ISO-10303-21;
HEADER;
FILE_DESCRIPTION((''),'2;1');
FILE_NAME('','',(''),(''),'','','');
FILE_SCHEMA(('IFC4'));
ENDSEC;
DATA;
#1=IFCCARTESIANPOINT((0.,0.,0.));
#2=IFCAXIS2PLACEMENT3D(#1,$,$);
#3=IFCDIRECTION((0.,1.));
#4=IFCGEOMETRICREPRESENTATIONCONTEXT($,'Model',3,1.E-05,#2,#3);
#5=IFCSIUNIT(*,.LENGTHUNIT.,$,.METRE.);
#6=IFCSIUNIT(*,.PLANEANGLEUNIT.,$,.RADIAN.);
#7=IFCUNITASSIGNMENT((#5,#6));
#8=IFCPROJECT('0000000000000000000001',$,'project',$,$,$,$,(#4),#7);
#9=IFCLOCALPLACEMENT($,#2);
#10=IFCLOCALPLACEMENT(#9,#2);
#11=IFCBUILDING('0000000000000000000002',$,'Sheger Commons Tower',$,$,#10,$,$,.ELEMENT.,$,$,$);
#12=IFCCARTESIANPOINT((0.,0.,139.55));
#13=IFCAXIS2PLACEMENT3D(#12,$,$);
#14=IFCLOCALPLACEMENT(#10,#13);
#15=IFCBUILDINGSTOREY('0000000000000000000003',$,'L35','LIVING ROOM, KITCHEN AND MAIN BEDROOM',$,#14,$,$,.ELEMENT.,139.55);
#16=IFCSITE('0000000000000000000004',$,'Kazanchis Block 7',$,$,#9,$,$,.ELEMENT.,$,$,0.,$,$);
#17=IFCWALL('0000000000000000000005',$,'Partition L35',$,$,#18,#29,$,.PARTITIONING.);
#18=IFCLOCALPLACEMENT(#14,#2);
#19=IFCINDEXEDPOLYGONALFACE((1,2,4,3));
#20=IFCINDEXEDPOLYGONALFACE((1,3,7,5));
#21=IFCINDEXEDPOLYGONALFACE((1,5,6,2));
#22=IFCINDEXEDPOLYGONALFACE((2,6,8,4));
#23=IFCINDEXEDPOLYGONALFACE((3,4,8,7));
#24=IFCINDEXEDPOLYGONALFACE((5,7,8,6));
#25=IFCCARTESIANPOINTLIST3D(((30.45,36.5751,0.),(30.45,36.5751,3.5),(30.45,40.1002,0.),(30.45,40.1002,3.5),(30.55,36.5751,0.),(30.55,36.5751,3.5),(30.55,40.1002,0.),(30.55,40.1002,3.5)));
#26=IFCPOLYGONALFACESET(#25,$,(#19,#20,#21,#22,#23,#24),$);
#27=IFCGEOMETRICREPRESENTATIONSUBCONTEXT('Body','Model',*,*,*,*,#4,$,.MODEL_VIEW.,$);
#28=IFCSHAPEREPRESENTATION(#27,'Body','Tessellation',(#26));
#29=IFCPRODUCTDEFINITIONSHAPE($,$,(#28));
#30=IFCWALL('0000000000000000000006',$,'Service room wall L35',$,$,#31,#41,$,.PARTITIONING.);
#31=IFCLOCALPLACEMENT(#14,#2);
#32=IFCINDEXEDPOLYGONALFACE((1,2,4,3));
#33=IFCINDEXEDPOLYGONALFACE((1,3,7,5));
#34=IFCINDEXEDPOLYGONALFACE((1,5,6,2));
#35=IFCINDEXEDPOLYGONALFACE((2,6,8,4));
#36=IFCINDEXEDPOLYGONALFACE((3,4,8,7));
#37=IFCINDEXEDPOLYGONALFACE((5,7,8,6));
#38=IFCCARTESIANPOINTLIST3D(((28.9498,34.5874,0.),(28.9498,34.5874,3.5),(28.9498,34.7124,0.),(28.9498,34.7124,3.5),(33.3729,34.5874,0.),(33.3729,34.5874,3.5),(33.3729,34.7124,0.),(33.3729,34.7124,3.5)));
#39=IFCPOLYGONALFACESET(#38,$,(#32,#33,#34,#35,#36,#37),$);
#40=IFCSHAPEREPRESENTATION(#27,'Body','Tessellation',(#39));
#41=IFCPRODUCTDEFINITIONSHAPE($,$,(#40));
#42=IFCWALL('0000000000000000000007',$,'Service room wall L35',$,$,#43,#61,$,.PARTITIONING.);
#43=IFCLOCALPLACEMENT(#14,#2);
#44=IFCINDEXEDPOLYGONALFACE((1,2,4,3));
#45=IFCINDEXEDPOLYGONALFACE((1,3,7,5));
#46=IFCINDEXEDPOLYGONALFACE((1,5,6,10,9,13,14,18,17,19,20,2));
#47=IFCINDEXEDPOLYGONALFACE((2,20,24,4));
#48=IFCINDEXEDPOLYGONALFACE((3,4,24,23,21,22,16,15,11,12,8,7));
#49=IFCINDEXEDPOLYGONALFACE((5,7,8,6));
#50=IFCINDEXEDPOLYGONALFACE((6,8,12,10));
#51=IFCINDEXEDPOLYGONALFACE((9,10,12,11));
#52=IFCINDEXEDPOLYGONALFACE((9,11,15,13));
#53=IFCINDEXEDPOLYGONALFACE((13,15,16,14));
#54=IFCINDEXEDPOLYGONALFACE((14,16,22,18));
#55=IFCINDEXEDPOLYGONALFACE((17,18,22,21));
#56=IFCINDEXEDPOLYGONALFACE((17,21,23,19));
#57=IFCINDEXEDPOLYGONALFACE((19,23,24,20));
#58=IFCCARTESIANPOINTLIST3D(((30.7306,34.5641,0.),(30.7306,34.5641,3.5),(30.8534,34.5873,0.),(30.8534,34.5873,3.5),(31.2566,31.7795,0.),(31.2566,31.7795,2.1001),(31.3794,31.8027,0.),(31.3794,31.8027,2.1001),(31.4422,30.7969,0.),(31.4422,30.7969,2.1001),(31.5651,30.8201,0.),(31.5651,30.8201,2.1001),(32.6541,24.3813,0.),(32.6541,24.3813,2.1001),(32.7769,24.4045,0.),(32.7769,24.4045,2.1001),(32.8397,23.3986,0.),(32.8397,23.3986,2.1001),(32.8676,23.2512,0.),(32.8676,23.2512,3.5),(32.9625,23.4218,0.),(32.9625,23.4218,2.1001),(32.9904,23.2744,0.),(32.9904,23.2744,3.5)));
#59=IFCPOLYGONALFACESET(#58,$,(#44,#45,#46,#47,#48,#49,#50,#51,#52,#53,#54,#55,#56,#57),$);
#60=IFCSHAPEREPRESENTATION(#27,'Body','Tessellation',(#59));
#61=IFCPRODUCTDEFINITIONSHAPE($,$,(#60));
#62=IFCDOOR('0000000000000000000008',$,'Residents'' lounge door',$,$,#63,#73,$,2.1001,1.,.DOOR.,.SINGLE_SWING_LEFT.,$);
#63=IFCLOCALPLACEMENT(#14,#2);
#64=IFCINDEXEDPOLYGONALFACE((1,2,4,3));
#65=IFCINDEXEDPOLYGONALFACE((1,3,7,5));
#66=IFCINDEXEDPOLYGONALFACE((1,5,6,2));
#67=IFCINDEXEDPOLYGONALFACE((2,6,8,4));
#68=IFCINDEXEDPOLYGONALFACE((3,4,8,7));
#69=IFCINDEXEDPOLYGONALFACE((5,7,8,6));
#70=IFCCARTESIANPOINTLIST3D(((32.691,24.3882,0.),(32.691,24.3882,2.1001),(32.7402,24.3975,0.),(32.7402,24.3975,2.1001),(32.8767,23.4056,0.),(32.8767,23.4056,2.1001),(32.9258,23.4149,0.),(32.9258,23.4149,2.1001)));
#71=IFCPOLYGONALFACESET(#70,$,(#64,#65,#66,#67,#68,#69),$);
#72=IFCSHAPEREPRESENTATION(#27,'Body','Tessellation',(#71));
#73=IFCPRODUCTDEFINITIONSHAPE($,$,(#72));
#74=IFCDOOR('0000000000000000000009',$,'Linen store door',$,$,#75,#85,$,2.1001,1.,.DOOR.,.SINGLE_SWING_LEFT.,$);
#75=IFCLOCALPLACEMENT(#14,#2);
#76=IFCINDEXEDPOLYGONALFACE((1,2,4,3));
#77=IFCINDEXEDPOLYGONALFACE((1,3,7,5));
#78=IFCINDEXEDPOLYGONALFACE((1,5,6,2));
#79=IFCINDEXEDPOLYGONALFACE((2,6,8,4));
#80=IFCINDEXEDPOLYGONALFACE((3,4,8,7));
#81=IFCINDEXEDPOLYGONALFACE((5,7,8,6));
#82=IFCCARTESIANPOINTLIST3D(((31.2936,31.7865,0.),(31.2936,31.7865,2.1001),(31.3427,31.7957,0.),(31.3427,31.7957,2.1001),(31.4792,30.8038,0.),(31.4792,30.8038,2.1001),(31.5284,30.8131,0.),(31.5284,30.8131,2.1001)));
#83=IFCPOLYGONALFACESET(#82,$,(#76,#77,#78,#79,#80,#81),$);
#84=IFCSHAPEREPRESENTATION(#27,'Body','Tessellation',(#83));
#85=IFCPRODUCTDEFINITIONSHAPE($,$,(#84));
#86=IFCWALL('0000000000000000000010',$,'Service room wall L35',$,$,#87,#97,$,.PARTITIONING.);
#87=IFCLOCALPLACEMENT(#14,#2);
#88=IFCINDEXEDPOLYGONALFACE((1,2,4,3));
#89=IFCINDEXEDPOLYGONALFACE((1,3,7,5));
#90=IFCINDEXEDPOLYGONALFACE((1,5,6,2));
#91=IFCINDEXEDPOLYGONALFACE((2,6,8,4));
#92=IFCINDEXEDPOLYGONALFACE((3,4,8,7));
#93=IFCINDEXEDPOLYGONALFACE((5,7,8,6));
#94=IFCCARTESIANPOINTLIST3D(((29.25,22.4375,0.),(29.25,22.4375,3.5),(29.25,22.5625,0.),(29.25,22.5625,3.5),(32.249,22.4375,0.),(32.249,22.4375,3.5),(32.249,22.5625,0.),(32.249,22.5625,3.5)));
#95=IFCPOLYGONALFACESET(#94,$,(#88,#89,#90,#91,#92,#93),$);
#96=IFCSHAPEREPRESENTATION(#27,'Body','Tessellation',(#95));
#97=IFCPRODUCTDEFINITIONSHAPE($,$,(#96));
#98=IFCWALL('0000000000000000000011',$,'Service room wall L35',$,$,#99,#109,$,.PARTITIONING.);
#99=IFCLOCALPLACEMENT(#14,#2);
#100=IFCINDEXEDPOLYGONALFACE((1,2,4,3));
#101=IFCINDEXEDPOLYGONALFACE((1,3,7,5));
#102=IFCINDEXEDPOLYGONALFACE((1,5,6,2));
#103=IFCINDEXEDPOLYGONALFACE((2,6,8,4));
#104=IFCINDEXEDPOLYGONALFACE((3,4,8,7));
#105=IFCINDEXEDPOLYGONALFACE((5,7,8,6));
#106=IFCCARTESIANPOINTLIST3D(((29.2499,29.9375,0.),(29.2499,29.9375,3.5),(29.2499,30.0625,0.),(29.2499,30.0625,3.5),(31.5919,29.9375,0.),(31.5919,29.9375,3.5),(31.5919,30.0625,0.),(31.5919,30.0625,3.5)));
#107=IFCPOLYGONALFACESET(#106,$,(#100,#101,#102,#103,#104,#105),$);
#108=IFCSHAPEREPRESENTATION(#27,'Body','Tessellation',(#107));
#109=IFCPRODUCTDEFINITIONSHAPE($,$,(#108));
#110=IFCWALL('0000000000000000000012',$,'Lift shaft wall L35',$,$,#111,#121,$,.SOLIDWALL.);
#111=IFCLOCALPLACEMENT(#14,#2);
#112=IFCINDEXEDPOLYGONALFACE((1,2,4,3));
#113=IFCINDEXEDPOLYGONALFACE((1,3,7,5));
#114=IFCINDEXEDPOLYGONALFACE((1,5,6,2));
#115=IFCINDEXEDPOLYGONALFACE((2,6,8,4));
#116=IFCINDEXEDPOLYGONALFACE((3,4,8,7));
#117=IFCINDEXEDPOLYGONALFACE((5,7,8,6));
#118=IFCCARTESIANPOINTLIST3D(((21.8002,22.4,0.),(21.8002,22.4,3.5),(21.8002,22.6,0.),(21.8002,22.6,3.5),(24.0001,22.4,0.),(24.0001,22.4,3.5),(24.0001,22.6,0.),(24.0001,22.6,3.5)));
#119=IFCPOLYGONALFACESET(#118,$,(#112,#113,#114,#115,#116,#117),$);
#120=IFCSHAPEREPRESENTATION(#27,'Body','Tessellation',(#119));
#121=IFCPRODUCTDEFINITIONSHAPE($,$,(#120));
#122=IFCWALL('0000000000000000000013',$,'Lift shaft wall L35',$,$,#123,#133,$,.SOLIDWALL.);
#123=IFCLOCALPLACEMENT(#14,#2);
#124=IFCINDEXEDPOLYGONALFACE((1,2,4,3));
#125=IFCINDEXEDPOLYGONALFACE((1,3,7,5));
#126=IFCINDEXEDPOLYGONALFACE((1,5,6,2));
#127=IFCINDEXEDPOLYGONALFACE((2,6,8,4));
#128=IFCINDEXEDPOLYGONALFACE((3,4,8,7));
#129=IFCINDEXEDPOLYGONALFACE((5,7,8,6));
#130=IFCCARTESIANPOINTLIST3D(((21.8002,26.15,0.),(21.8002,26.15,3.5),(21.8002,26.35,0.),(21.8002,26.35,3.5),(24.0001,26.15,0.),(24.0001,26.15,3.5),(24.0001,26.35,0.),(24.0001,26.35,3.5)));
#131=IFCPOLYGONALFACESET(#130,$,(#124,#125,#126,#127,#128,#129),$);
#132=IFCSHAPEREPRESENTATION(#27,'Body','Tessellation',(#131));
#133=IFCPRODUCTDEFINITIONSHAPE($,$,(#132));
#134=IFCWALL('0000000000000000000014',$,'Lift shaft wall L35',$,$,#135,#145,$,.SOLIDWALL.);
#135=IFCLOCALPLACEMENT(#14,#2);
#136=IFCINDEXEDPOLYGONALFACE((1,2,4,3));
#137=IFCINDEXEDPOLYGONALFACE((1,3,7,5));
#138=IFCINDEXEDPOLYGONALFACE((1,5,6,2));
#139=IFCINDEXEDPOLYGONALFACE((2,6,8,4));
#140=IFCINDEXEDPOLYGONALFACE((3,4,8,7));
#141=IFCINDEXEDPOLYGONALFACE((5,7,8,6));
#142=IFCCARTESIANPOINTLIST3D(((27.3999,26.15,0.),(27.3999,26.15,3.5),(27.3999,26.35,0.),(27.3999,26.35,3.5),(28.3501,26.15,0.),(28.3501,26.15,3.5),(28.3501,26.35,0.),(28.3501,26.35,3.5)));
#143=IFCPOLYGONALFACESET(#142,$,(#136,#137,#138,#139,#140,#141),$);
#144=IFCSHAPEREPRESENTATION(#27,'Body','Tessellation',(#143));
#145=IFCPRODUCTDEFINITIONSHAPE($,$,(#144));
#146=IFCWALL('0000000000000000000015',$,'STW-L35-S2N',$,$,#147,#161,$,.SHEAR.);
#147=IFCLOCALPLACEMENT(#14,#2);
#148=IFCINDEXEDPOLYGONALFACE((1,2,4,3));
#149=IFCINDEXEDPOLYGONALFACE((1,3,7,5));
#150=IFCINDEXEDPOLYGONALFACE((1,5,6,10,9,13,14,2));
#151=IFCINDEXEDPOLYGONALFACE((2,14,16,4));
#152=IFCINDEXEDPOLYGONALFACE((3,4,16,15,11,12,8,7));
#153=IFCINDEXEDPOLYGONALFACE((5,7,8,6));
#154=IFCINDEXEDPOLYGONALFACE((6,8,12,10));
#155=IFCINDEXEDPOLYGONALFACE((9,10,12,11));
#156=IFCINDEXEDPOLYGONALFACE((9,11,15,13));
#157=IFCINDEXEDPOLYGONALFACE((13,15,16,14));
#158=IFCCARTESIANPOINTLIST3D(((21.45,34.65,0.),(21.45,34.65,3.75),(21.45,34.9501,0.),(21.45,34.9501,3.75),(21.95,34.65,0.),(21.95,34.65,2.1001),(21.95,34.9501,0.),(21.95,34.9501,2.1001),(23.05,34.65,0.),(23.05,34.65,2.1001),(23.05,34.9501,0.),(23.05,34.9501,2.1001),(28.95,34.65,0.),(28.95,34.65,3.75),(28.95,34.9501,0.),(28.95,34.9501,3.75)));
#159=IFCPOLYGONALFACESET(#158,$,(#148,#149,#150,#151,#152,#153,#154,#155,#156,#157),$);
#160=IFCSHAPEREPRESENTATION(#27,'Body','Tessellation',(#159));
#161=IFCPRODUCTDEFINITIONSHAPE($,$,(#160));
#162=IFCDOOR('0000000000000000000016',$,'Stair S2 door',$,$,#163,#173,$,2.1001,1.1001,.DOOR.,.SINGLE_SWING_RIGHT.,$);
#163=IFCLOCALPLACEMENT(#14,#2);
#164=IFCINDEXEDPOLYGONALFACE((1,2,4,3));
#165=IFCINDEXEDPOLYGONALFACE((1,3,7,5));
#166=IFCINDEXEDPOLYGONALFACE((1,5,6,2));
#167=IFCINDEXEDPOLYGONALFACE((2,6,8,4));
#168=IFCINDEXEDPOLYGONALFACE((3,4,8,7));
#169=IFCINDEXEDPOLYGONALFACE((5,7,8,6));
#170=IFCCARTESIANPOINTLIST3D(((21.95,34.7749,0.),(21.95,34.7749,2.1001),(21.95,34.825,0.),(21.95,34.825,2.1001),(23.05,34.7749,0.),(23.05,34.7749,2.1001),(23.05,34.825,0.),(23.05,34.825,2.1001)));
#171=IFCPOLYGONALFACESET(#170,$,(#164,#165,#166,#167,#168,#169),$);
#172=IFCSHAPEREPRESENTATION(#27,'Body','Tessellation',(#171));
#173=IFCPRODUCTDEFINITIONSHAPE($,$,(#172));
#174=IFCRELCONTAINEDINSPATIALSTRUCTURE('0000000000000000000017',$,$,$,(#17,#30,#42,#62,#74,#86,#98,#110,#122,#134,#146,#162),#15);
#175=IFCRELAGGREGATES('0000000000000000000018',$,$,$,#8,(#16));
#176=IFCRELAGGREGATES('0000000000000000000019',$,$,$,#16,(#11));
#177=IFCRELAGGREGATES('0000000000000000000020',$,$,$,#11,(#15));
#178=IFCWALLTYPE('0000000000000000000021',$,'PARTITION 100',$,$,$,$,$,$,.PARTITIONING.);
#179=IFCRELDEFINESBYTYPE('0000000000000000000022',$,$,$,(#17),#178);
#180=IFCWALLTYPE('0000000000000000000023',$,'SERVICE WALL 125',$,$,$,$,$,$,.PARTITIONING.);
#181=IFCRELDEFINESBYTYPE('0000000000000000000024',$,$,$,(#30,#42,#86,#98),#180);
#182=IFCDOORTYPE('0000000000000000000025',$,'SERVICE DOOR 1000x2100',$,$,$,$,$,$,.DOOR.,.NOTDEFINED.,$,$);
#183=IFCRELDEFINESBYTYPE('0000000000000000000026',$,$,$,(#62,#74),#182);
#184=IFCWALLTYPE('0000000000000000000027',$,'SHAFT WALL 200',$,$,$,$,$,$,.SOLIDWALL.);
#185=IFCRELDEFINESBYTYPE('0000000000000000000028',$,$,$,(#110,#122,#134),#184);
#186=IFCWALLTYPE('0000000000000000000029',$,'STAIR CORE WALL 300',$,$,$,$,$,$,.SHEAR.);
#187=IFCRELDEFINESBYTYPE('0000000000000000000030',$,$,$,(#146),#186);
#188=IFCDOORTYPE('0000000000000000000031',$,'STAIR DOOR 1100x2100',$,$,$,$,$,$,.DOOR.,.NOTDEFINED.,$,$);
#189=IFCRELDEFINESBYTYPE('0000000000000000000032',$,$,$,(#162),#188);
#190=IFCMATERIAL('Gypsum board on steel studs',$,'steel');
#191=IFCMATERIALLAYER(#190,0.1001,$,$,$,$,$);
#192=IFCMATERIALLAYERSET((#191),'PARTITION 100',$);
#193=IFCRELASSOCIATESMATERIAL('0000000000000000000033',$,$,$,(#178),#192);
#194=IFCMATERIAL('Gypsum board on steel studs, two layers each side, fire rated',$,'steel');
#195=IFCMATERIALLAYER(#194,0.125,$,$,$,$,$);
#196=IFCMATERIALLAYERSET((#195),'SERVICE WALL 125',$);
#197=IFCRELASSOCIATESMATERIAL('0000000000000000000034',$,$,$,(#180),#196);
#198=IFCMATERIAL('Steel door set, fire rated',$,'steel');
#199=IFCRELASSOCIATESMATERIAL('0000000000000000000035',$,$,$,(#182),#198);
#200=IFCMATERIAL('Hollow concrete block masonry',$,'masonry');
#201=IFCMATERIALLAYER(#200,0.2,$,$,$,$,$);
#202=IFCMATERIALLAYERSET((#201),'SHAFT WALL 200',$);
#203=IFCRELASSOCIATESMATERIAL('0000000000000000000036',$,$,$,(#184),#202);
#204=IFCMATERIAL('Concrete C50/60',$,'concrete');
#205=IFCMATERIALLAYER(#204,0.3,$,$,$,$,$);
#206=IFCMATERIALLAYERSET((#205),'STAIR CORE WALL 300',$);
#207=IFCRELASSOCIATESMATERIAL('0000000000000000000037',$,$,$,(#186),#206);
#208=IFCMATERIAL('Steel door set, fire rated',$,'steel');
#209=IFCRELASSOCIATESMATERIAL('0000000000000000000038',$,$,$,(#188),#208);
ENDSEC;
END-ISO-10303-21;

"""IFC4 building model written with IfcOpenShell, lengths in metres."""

from ifc_helpers import new_model, si_unit, direction, frame, frame_2d, origin, place, context, subcontext, project, spatial, rectangle, extrude, material, layer, layer_set, type_object, element, fill, save


model = new_model("IFC4")

# Units and contexts
model_context = context("Model", 3, precision=1e-05, world=origin(), true_north=direction((0.0, 1.0)))
body_context = subcontext(model_context, "Body", "Model", "MODEL_VIEW")
ifc_project = project(units=[si_unit("LENGTHUNIT", "METRE"), si_unit("PLANEANGLEUNIT", "RADIAN")], contexts=[model_context])

# Site, building, storey
site_placement = place(None, origin())
site = spatial("IfcSite", under=ifc_project, at=site_placement, Name="Kazanchis Block 7", CompositionType="ELEMENT", RefElevation=0.0)
building_placement = place(site_placement, origin())
building = spatial("IfcBuilding", under=site, at=building_placement, Name="Sheger Commons Tower", CompositionType="ELEMENT")
storey_placement = place(building_placement, frame((0.0, 0.0, 139.55)))
storey = spatial("IfcBuildingStorey", under=building, at=storey_placement, Name="L35", Description="LIVING ROOM, KITCHEN AND MAIN BEDROOM", CompositionType="ELEMENT", Elevation=139.55)

# Walls
ifc_material_1 = material(Name="Gypsum board on steel studs", Category="steel")
ifc_layer_1 = layer(ifc_material_1, 0.1001)
ifc_layer_set_1 = layer_set([ifc_layer_1], Name="PARTITION 100")
wall_type_1 = type_object("IfcWallType", Name="PARTITION 100", PredefinedType="PARTITIONING", material=ifc_layer_set_1)
for number, where, z_axis, x_axis, name in (
    (1, (30.5, 36.575, 0.0), (0.0, 0.0, 1.0), (0.0, 1.0, 0.0), "Partition L35"),
):
    element("IfcWall", number, at=place(storey_placement, frame(where, z_axis=z_axis, x_axis=x_axis)), inside=storey, type_object=wall_type_1, Name=name, PredefinedType="PARTITIONING", context=body_context, shape_type="SweptSolid", body=[
        extrude(rectangle(XDim=3.5251, YDim=0.1001, at=frame_2d((1.7627, 0.0))), origin(), (0.0, 0.0, 1.0), 3.5),
    ])
ifc_material_2 = material(Name="Gypsum board on steel studs, two layers each side, fire rated", Category="steel")
ifc_layer_2 = layer(ifc_material_2, 0.125)
ifc_layer_set_2 = layer_set([ifc_layer_2], Name="SERVICE WALL 125")
wall_type_2 = type_object("IfcWallType", Name="SERVICE WALL 125", PredefinedType="PARTITIONING", material=ifc_layer_set_2)
wall_1_placement = place(storey_placement, frame((28.95, 34.6499, 0.0), z_axis=(0.0, 0.0, 1.0), x_axis=(1.0, 0.0, 0.0)))
element("IfcWall", 2, at=wall_1_placement, inside=storey, type_object=wall_type_2, Name="Service room wall L35", PredefinedType="PARTITIONING", context=body_context, shape_type="SweptSolid", body=[
    extrude(rectangle(XDim=4.4231, YDim=0.125, at=frame_2d((2.2114, 0.0))), origin(), (0.0, 0.0, 1.0), 3.5),
])

# Wall, openings, doors
wall_2_placement = place(storey_placement, frame((32.929, 23.2629, 0.0), z_axis=(0.0, 0.0, 1.0), x_axis=(-0.185612, 0.982623, 0.0)))
wall_2 = element("IfcWall", 3, at=wall_2_placement, inside=storey, type_object=wall_type_2, Name="Service room wall L35", PredefinedType="PARTITIONING", context=body_context, shape_type="SweptSolid", body=[
    extrude(rectangle(XDim=11.5129, YDim=0.125, at=frame_2d((5.7563, 0.0))), origin(), (0.0, 0.0, 1.0), 3.5),
])
opening_1_placement = place(wall_2_placement, frame((0.1499, 0.0, 0.0)))
opening_1 = element("IfcOpeningElement", 4, at=opening_1_placement, cuts=wall_2, PredefinedType="OPENING", context=body_context, shape_type="SweptSolid", body=[
    extrude(rectangle(XDim=1.0, YDim=2.1001, at=frame_2d((0.5, 1.05))), frame((0.0, 0.0725, 0.0), z_axis=(0.0, -1.0, 0.0), x_axis=(1.0, 0.0, 0.0)), (0.0, 0.0, 1.0), 0.145),
])
opening_2_placement = place(wall_2_placement, frame((7.679, 0.0, 0.0)))
opening_2 = element("IfcOpeningElement", 5, at=opening_2_placement, cuts=wall_2, PredefinedType="OPENING", context=body_context, shape_type="SweptSolid", body=[
    extrude(rectangle(XDim=1.0, YDim=2.1001, at=frame_2d((0.5, 1.05))), frame((0.0, 0.0725, 0.0), z_axis=(0.0, -1.0, 0.0), x_axis=(1.0, 0.0, 0.0)), (0.0, 0.0, 1.0), 0.145),
])
ifc_material_3 = material(Name="Steel door set, fire rated", Category="steel")
door_type_1 = type_object("IfcDoorType", Name="SERVICE DOOR 1000x2100", OperationType="NOTDEFINED", PredefinedType="DOOR", material=ifc_material_3)
door_1_placement = place(opening_1_placement, origin())
door_1 = element("IfcDoor", 6, at=door_1_placement, inside=storey, type_object=door_type_1, Name="Residents' lounge door", OperationType="SINGLE_SWING_LEFT", OverallHeight=2.1001, OverallWidth=1.0, PredefinedType="DOOR", context=body_context, shape_type="SweptSolid", body=[
    extrude(rectangle(XDim=1.0, YDim=2.1001, at=frame_2d((0.5, 1.05))), frame((0.0, 0.0249, 0.0), z_axis=(0.0, -1.0, 0.0), x_axis=(1.0, 0.0, 0.0)), (0.0, 0.0, 1.0), 0.05),
])
fill(opening_1, door_1)
door_2_placement = place(opening_2_placement, origin())
door_2 = element("IfcDoor", 7, at=door_2_placement, inside=storey, type_object=door_type_1, Name="Linen store door", OperationType="SINGLE_SWING_LEFT", OverallHeight=2.1001, OverallWidth=1.0, PredefinedType="DOOR", context=body_context, shape_type="SweptSolid", body=[
    extrude(rectangle(XDim=1.0, YDim=2.1001, at=frame_2d((0.5, 1.05))), frame((0.0, 0.0249, 0.0), z_axis=(0.0, -1.0, 0.0), x_axis=(1.0, 0.0, 0.0)), (0.0, 0.0, 1.0), 0.05),
])
fill(opening_2, door_2)

# Walls
wall_3_placement = place(storey_placement, frame((29.25, 22.5, 0.0), z_axis=(0.0, 0.0, 1.0), x_axis=(1.0, 0.0, 0.0)))
element("IfcWall", 8, at=wall_3_placement, inside=storey, type_object=wall_type_2, Name="Service room wall L35", PredefinedType="PARTITIONING", context=body_context, shape_type="SweptSolid", body=[
    extrude(rectangle(XDim=2.999, YDim=0.125, at=frame_2d((1.4995, 0.0))), origin(), (0.0, 0.0, 1.0), 3.5),
])
wall_4_placement = place(storey_placement, frame((29.25, 30.0, 0.0), z_axis=(0.0, 0.0, 1.0), x_axis=(1.0, 0.0, 0.0)))
element("IfcWall", 9, at=wall_4_placement, inside=storey, type_object=wall_type_2, Name="Service room wall L35", PredefinedType="PARTITIONING", context=body_context, shape_type="SweptSolid", body=[
    extrude(rectangle(XDim=2.342, YDim=0.125, at=frame_2d((1.1709, 0.0))), origin(), (0.0, 0.0, 1.0), 3.5),
])
ifc_material_4 = material(Name="Hollow concrete block masonry", Category="masonry")
ifc_layer_3 = layer(ifc_material_4, 0.2)
ifc_layer_set_3 = layer_set([ifc_layer_3], Name="SHAFT WALL 200")
wall_type_3 = type_object("IfcWallType", Name="SHAFT WALL 200", PredefinedType="SOLIDWALL", material=ifc_layer_set_3)
for number, where, z_axis, x_axis, name in (
    (10, (21.8, 22.5, 0.0), (0.0, 0.0, 1.0), (1.0, 0.0, 0.0), "Lift shaft wall L35"),
    (11, (21.8, 26.25, 0.0), (0.0, 0.0, 1.0), (1.0, 0.0, 0.0), "Lift shaft wall L35"),
):
    element("IfcWall", number, at=place(storey_placement, frame(where, z_axis=z_axis, x_axis=x_axis)), inside=storey, type_object=wall_type_3, Name=name, PredefinedType="SOLIDWALL", context=body_context, shape_type="SweptSolid", body=[
        extrude(rectangle(XDim=2.2, YDim=0.2, at=frame_2d((1.1001, 0.0))), origin(), (0.0, 0.0, 1.0), 3.5),
    ])
wall_5_placement = place(storey_placement, frame((27.3999, 26.25, 0.0), z_axis=(0.0, 0.0, 1.0), x_axis=(1.0, 0.0, 0.0)))
element("IfcWall", 12, at=wall_5_placement, inside=storey, type_object=wall_type_3, Name="Lift shaft wall L35", PredefinedType="SOLIDWALL", context=body_context, shape_type="SweptSolid", body=[
    extrude(rectangle(XDim=0.9502, YDim=0.2, at=frame_2d((0.4751, 0.0))), origin(), (0.0, 0.0, 1.0), 3.5),
])

# Wall, opening, door
ifc_material_5 = material(Name="Concrete C50/60", Category="concrete")
ifc_layer_4 = layer(ifc_material_5, 0.3)
ifc_layer_set_4 = layer_set([ifc_layer_4], Name="STAIR CORE WALL 300")
wall_type_4 = type_object("IfcWallType", Name="STAIR CORE WALL 300", PredefinedType="SHEAR", material=ifc_layer_set_4)
wall_6_placement = place(storey_placement, frame((21.45, 34.8, 0.0), z_axis=(0.0, 0.0, 1.0), x_axis=(1.0, 0.0, 0.0)))
wall_6 = element("IfcWall", 13, at=wall_6_placement, inside=storey, type_object=wall_type_4, Name="STW-L35-S2N", PredefinedType="SHEAR", context=body_context, shape_type="SweptSolid", body=[
    extrude(rectangle(XDim=7.5, YDim=0.3, at=frame_2d((3.75, 0.0))), origin(), (0.0, 0.0, 1.0), 3.75),
])
opening_3_placement = place(wall_6_placement, frame((0.5, 0.0, 0.0)))
opening_3 = element("IfcOpeningElement", 14, at=opening_3_placement, cuts=wall_6, PredefinedType="OPENING", context=body_context, shape_type="SweptSolid", body=[
    extrude(rectangle(XDim=1.1001, YDim=2.1001, at=frame_2d((0.55, 1.05))), frame((0.0, 0.1599, 0.0), z_axis=(0.0, -1.0, 0.0), x_axis=(1.0, 0.0, 0.0)), (0.0, 0.0, 1.0), 0.3201),
])
ifc_material_6 = material(Name="Steel door set, fire rated", Category="steel")
door_type_2 = type_object("IfcDoorType", Name="STAIR DOOR 1100x2100", OperationType="NOTDEFINED", PredefinedType="DOOR", material=ifc_material_6)
door_3_placement = place(opening_3_placement, origin())
door_3 = element("IfcDoor", 15, at=door_3_placement, inside=storey, type_object=door_type_2, Name="Stair S2 door", OperationType="SINGLE_SWING_RIGHT", OverallHeight=2.1001, OverallWidth=1.1001, PredefinedType="DOOR", context=body_context, shape_type="SweptSolid", body=[
    extrude(rectangle(XDim=1.1001, YDim=2.1001, at=frame_2d((0.55, 1.05))), frame((0.0, 0.0249, 0.0), z_axis=(0.0, -1.0, 0.0), x_axis=(1.0, 0.0, 0.0)), (0.0, 0.0, 1.0), 0.05),
])
fill(opening_3, door_3)

save(model, "model.ifc")
